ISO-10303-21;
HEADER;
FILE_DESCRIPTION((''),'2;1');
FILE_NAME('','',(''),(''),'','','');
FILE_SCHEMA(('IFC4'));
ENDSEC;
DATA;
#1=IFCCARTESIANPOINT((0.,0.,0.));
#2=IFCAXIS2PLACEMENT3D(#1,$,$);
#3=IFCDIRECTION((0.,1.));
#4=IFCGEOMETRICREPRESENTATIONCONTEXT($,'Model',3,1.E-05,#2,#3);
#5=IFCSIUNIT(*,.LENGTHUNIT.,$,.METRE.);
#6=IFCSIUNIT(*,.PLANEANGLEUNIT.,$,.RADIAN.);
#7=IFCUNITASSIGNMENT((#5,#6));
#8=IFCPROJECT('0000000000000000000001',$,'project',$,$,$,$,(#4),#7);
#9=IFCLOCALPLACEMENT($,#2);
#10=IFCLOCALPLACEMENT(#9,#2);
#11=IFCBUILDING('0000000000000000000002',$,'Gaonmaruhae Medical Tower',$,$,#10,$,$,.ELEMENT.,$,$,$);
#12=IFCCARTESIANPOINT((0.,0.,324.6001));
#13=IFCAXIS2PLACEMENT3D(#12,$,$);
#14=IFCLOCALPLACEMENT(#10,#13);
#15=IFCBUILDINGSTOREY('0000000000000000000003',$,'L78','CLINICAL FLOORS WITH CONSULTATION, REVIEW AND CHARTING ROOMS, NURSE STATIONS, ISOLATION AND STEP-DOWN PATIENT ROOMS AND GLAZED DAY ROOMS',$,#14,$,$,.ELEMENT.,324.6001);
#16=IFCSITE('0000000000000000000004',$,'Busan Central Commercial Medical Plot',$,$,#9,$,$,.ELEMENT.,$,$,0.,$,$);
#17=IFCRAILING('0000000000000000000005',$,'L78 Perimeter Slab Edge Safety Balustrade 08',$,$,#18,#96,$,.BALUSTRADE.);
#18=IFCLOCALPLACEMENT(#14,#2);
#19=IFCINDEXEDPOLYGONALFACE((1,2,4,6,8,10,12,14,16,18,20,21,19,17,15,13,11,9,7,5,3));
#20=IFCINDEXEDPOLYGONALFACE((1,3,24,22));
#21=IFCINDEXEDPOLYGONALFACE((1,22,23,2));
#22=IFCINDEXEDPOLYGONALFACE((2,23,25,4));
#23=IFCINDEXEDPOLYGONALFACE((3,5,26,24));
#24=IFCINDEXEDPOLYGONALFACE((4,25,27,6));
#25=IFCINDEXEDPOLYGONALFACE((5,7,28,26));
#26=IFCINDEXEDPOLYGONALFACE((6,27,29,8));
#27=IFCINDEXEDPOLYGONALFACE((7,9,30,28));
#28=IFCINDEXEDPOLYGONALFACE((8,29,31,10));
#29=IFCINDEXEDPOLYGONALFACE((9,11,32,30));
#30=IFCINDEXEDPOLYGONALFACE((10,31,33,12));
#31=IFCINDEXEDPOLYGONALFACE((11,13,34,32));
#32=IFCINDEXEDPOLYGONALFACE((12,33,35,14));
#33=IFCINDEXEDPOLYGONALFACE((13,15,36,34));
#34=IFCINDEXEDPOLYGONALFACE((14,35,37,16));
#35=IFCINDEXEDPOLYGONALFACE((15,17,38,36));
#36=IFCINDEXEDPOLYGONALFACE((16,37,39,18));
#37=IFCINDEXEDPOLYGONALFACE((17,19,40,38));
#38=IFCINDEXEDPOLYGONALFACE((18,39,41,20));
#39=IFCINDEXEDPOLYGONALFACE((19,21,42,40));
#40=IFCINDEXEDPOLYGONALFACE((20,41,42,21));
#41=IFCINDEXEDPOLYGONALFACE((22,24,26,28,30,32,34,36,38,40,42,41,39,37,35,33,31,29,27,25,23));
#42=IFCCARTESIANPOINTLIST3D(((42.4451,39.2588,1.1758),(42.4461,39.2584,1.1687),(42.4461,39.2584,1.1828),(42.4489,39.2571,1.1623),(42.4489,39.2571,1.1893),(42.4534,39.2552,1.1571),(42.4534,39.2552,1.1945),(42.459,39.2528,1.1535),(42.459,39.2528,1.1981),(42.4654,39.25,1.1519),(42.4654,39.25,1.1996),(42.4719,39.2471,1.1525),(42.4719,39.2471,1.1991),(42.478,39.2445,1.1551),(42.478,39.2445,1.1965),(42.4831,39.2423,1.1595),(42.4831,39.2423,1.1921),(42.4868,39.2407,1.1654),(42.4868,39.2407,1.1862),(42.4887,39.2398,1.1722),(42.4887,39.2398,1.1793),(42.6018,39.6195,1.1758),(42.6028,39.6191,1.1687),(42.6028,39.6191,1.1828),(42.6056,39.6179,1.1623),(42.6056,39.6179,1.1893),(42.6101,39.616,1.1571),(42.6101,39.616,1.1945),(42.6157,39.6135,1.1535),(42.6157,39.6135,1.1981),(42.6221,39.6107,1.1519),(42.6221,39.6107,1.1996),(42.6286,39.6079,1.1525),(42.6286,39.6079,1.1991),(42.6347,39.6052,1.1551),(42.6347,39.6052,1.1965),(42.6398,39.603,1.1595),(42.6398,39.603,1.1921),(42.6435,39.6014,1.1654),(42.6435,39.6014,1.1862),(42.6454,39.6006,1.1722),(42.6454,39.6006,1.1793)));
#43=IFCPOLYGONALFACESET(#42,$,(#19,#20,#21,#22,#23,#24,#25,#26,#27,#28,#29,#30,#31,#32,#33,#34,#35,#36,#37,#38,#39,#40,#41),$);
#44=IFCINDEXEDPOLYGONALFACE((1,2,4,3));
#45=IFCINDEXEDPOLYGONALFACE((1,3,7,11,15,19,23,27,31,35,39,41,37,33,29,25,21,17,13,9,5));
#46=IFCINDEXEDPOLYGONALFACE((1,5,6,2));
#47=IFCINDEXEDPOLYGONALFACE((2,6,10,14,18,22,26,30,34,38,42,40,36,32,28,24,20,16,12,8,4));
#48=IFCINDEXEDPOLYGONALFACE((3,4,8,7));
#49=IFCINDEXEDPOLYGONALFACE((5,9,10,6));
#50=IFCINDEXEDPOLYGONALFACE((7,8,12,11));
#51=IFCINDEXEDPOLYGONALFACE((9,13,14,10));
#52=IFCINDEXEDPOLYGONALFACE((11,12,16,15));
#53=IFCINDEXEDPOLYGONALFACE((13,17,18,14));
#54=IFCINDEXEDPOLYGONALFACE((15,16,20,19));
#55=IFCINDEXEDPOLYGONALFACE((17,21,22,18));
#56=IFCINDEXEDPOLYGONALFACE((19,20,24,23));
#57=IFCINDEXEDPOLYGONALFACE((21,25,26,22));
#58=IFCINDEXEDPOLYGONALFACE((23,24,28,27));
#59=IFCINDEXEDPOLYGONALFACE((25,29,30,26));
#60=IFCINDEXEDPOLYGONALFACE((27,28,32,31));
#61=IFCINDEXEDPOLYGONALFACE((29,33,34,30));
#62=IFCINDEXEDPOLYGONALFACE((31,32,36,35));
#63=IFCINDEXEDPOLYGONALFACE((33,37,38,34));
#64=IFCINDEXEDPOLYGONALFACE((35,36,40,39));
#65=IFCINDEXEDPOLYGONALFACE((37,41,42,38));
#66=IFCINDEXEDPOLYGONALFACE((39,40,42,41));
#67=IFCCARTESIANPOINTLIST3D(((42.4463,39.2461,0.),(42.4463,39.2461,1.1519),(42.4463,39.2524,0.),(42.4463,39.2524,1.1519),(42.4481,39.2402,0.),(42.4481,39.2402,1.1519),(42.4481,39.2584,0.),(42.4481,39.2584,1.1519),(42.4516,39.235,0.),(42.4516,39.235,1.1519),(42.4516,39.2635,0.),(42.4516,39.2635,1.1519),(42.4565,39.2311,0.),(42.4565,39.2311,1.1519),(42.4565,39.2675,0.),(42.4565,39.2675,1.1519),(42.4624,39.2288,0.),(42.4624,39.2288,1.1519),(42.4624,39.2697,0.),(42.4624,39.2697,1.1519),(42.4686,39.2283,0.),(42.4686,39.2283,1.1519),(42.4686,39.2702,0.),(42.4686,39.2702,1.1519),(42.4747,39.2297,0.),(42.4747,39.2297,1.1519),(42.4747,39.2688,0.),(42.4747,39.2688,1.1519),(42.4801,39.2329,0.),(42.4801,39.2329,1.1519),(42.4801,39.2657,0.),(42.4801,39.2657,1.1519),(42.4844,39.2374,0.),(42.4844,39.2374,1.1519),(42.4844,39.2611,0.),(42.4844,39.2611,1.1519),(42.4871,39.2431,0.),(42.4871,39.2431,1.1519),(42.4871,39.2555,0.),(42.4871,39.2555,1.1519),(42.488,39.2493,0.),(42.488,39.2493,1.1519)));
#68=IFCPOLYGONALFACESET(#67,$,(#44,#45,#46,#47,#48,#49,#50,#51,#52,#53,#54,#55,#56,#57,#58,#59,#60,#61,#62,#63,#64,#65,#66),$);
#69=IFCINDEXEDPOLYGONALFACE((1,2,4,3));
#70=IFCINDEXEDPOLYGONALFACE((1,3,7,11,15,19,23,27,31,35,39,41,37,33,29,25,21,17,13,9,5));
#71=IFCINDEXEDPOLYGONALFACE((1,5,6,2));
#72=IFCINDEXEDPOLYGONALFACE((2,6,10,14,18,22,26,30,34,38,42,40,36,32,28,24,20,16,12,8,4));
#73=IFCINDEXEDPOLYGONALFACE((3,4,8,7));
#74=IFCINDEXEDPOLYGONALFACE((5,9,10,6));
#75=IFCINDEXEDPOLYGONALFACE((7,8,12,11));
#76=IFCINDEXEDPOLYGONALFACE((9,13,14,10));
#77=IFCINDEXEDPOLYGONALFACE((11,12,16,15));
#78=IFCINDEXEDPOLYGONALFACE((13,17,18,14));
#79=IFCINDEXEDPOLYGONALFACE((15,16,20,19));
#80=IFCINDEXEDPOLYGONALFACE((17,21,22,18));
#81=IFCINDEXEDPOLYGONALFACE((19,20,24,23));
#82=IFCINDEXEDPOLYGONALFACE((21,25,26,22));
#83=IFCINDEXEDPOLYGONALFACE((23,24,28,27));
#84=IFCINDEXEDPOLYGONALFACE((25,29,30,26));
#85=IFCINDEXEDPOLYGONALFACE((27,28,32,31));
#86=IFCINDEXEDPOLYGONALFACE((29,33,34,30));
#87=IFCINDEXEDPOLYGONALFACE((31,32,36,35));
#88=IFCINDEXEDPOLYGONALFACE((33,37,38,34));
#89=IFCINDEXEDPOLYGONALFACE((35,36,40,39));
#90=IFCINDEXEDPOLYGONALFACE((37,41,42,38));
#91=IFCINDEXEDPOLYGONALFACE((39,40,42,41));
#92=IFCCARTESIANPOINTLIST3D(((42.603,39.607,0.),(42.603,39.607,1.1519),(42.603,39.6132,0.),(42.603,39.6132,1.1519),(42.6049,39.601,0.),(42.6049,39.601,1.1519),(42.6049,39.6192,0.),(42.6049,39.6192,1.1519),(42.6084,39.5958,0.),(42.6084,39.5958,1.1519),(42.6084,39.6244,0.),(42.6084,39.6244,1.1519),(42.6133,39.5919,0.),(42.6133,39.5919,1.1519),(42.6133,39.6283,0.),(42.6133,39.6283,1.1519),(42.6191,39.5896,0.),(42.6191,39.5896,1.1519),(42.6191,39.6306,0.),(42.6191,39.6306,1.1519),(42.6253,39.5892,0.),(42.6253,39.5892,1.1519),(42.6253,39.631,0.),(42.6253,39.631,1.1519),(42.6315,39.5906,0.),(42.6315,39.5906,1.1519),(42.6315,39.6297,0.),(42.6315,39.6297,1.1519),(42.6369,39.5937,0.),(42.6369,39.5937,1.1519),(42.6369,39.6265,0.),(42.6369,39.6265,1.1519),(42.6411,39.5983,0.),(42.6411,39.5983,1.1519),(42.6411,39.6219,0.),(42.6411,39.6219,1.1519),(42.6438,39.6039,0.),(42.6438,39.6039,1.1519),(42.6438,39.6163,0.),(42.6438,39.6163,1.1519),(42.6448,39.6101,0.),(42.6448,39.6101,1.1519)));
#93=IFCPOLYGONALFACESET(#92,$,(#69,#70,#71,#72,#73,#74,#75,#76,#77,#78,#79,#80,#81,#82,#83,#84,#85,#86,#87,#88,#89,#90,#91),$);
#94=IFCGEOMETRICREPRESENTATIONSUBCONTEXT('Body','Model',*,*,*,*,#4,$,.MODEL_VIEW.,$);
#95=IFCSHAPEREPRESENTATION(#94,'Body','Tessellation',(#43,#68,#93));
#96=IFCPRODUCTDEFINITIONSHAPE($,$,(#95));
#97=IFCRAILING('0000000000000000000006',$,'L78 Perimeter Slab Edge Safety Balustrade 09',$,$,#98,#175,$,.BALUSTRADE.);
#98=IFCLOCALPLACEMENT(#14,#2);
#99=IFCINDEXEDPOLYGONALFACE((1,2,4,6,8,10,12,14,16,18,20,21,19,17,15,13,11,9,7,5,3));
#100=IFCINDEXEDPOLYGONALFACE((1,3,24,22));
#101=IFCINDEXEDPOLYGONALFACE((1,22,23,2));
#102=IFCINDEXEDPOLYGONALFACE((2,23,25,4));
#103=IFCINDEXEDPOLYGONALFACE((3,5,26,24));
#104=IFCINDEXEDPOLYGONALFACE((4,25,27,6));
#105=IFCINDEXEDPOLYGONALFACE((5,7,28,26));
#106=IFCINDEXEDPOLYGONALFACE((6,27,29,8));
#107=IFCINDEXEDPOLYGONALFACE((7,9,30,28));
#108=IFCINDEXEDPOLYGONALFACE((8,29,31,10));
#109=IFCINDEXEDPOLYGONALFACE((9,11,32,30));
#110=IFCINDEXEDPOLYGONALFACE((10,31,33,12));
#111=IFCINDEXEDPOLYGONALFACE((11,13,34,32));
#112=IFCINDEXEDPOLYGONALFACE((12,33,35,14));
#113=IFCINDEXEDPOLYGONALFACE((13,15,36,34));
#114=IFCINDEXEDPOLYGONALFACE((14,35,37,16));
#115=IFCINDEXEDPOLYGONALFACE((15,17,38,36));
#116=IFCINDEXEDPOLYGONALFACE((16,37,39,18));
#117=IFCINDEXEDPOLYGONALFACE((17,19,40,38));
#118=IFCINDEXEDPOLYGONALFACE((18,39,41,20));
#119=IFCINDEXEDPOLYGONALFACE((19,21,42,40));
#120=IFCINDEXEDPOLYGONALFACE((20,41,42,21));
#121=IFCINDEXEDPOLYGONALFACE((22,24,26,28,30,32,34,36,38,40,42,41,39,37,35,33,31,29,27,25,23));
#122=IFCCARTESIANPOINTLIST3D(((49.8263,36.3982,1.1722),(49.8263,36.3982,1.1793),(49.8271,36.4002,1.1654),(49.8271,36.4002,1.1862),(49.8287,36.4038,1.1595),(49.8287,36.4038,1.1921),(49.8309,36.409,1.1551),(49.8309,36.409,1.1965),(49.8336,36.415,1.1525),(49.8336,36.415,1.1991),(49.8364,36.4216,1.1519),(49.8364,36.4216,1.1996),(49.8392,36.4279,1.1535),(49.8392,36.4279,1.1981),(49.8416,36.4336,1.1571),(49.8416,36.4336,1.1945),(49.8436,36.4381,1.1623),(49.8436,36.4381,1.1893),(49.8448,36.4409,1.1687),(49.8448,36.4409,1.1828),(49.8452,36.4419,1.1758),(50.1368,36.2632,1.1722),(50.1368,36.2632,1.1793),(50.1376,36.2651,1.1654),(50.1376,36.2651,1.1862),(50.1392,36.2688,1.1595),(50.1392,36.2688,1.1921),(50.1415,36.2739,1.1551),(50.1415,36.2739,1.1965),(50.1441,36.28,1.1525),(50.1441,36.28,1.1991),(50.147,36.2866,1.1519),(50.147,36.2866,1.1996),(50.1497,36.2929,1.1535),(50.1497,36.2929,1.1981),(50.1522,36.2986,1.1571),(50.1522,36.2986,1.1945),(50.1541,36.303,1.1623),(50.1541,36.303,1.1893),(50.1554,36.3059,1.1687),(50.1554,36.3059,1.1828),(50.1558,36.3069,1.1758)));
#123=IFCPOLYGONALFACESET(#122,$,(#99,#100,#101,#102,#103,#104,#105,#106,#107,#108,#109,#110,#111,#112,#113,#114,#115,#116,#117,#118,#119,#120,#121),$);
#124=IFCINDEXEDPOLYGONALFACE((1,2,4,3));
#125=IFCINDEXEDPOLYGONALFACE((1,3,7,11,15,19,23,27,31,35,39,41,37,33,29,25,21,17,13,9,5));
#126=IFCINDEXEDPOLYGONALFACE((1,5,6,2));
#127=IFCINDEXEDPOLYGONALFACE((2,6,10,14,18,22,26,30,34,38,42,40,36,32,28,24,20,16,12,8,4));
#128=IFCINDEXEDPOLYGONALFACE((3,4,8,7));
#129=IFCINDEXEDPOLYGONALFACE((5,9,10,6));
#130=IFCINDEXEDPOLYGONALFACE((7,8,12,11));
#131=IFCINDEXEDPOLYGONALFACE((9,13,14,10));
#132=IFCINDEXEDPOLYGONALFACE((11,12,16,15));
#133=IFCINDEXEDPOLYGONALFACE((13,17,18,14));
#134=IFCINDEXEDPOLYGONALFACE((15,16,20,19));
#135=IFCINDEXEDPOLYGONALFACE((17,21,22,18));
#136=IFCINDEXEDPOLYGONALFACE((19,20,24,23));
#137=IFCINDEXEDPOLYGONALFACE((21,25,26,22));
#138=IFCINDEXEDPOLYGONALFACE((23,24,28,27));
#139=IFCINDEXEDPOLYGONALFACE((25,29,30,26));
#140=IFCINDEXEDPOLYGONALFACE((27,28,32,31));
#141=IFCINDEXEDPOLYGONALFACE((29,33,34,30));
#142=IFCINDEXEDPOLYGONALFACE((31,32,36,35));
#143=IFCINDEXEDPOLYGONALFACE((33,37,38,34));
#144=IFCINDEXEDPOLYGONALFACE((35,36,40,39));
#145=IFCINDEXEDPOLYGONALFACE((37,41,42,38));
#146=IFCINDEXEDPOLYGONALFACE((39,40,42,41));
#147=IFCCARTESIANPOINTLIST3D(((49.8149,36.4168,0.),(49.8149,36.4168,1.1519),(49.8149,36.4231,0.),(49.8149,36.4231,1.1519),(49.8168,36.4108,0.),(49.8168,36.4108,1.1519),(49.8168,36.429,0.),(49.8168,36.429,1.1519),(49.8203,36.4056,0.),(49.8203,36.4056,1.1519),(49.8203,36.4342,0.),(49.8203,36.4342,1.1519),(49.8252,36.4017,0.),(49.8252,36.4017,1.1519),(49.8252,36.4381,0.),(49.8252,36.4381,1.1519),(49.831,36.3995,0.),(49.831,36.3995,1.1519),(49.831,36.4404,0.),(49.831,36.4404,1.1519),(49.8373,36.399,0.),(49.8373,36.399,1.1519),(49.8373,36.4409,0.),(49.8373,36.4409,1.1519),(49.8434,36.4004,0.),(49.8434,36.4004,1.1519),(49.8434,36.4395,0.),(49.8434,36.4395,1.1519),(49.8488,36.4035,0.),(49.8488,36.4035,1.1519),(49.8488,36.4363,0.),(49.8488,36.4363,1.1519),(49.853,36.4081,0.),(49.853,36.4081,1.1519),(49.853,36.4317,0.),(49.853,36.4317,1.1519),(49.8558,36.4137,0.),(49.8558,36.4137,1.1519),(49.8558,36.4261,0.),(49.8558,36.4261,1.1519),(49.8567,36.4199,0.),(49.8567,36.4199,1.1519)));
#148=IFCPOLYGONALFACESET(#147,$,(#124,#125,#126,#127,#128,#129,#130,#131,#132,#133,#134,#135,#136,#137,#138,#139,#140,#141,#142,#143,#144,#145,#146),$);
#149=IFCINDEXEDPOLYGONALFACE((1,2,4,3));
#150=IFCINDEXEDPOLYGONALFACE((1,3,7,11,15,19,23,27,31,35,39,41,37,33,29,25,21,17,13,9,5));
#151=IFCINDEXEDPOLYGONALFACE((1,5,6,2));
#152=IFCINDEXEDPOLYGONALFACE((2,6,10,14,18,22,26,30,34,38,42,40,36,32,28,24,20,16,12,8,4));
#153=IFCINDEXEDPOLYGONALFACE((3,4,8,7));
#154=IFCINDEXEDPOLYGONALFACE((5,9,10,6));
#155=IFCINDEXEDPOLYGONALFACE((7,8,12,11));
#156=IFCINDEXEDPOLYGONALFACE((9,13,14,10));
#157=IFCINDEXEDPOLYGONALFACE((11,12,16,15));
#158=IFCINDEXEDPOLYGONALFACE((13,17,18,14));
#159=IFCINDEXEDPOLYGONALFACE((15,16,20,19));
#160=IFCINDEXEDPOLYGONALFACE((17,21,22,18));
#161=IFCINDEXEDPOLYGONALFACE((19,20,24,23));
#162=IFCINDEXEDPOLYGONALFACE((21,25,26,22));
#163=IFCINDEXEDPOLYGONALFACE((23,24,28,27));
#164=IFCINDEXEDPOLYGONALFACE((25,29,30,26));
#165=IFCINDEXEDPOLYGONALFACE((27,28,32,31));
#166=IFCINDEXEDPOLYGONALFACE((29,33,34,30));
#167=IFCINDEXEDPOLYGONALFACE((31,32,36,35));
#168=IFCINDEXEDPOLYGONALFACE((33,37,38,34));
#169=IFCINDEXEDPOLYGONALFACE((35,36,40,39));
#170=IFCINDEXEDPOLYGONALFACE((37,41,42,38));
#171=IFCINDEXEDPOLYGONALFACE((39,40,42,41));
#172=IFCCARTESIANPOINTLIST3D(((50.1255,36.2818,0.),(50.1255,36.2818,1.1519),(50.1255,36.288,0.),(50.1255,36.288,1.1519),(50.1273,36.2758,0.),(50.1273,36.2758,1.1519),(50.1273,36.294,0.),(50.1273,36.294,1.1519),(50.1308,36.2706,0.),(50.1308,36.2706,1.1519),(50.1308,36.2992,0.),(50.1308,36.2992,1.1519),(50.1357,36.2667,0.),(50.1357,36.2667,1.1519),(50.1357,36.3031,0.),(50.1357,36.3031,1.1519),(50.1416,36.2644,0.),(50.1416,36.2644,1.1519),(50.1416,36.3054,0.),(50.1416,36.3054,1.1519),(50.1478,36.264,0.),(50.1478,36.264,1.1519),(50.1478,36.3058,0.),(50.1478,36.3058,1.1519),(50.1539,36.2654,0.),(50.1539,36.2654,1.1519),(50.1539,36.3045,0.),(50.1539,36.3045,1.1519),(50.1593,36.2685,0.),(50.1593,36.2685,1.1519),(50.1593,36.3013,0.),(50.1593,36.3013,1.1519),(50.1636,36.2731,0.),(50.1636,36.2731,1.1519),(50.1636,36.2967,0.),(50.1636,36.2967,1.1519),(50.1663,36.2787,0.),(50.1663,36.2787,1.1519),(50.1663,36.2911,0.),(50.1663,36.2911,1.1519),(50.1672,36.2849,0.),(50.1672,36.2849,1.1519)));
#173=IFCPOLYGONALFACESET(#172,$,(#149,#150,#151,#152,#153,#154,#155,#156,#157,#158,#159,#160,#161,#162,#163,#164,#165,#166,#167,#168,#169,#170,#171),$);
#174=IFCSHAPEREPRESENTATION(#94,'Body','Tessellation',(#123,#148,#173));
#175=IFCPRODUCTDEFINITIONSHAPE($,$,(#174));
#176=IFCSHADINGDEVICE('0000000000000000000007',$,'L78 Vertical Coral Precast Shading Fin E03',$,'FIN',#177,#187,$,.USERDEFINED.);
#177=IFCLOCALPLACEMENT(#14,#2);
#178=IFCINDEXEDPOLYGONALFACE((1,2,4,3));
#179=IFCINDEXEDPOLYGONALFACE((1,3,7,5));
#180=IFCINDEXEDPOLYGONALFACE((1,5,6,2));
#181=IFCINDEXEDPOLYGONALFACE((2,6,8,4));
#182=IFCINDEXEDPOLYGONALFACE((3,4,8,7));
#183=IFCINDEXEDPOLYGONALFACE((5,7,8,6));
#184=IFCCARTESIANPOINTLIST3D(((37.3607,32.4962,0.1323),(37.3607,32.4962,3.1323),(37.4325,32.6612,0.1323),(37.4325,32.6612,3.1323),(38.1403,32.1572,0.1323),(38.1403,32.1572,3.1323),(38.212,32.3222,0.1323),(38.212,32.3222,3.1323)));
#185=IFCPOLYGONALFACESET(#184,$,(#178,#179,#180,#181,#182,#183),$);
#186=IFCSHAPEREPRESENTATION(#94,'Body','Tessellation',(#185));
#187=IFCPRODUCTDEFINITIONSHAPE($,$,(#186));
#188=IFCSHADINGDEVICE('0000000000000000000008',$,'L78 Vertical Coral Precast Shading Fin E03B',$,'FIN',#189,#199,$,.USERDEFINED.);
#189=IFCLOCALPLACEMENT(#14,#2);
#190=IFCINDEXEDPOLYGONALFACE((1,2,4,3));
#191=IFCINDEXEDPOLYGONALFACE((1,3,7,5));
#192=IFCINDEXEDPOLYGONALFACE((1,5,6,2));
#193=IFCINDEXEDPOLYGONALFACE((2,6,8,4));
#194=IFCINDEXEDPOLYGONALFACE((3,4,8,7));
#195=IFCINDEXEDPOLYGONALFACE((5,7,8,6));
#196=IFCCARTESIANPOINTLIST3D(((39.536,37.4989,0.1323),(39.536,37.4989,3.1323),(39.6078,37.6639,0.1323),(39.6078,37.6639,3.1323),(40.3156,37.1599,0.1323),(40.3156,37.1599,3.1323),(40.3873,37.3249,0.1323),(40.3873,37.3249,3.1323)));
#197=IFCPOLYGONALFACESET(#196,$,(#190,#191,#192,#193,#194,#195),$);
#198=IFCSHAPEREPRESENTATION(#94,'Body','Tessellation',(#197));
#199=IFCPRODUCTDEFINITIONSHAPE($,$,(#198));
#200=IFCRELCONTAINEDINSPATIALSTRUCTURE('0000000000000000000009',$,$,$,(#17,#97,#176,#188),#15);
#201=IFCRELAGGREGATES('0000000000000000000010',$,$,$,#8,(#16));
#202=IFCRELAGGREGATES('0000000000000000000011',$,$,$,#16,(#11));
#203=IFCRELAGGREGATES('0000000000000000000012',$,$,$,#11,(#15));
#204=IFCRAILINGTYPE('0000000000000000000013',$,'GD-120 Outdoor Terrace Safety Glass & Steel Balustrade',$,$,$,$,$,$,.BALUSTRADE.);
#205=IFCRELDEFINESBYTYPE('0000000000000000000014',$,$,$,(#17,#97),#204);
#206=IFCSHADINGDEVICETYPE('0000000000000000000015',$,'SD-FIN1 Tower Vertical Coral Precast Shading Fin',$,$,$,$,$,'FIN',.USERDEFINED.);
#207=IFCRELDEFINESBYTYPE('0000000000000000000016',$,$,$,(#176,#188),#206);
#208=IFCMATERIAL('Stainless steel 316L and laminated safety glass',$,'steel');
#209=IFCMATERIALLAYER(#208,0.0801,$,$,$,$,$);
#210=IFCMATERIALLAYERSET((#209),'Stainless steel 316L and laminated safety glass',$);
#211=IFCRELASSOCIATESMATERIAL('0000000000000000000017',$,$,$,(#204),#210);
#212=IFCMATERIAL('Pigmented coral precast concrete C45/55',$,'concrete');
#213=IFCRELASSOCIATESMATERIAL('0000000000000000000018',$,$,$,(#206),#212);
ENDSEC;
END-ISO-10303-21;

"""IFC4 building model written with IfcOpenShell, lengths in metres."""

from ifc_helpers import new_model, si_unit, direction, frame, origin, origin_2d, place, context, subcontext, project, spatial, rectangle, circle, extrude, material, layer, layer_set, type_object, element, save


model = new_model("IFC4")

# Units and contexts
model_context = context("Model", 3, precision=1e-05, world=origin(), true_north=direction((0.0, 1.0)))
body_context = subcontext(model_context, "Body", "Model", "MODEL_VIEW")
ifc_project = project(units=[si_unit("LENGTHUNIT", "METRE"), si_unit("PLANEANGLEUNIT", "RADIAN")], contexts=[model_context])

# Site, building, storey
site_placement = place(None, origin())
site = spatial("IfcSite", under=ifc_project, at=site_placement, Name="Busan Central Commercial Medical Plot", CompositionType="ELEMENT", RefElevation=0.0)
building_placement = place(site_placement, origin())
building = spatial("IfcBuilding", under=site, at=building_placement, Name="Gaonmaruhae Medical Tower", CompositionType="ELEMENT")
storey_placement = place(building_placement, frame((0.0, 0.0, 324.6001)))
storey = spatial("IfcBuildingStorey", under=building, at=storey_placement, Name="L78", Description="CLINICAL FLOORS WITH CONSULTATION, REVIEW AND CHARTING ROOMS, NURSE STATIONS, ISOLATION AND STEP-DOWN PATIENT ROOMS AND GLAZED DAY ROOMS", CompositionType="ELEMENT", Elevation=324.6001)

# Railings
ifc_material_1 = material(Name="Stainless steel 316L and laminated safety glass", Category="steel")
ifc_layer_1 = layer(ifc_material_1, 0.0801)
ifc_layer_set_1 = layer_set([ifc_layer_1], Name="Stainless steel 316L and laminated safety glass")
railing_type = type_object("IfcRailingType", Name="GD-120 Outdoor Terrace Safety Glass & Steel Balustrade", PredefinedType="BALUSTRADE", material=ifc_layer_set_1)
railing_1_placement = place(storey_placement, frame((42.467, 39.2493, 0.0)))
element("IfcRailing", 1, at=railing_1_placement, inside=storey, type_object=railing_type, Name="L78 Perimeter Slab Edge Safety Balustrade 08", PredefinedType="BALUSTRADE", context=body_context, shape_type="SweptSolid", body=[
    extrude(circle(Radius=0.0239, at=origin_2d()), frame((0.0, 0.0, 1.1758), z_axis=(0.398408, 0.917208, 0.0), x_axis=(-0.917208, 0.398408, 0.0)), (0.0, 0.0, 1.0), 0.3933),
    extrude(circle(Radius=0.021, at=origin_2d()), origin(), (0.0, 0.0, 1.0), 1.1519),
    extrude(circle(Radius=0.021, at=origin_2d()), frame((0.1567, 0.3608, 0.0)), (0.0, 0.0, 1.0), 1.1519),
])
railing_2_placement = place(storey_placement, frame((49.8357, 36.4199, 0.0)))
element("IfcRailing", 2, at=railing_2_placement, inside=storey, type_object=railing_type, Name="L78 Perimeter Slab Edge Safety Balustrade 09", PredefinedType="BALUSTRADE", context=body_context, shape_type="SweptSolid", body=[
    extrude(circle(Radius=0.0239, at=origin_2d()), frame((0.0, 0.0, 1.1758), z_axis=(0.917082, -0.3987, 0.0), x_axis=(0.3987, 0.917082, 0.0)), (0.0, 0.0, 1.0), 0.3386),
    extrude(circle(Radius=0.021, at=origin_2d()), origin(), (0.0, 0.0, 1.0), 1.1519),
    extrude(circle(Radius=0.021, at=origin_2d()), frame((0.3105, -0.135, 0.0)), (0.0, 0.0, 1.0), 1.1519),
])

# Shading devices
ifc_material_2 = material(Name="Pigmented coral precast concrete C45/55", Category="concrete")
shading_device_type = type_object("IfcShadingDeviceType", Name="SD-FIN1 Tower Vertical Coral Precast Shading Fin", ElementType="FIN", PredefinedType="USERDEFINED", material=ifc_material_2)
for number, where, z_axis, x_axis, name in (
    (3, (37.7864, 32.4092, 0.1323), (0.0, 0.0, 1.0), (0.398765, 0.917053, 0.0), "L78 Vertical Coral Precast Shading Fin E03"),
    (4, (39.9617, 37.4119, 0.1323), (0.0, 0.0, 1.0), (0.398765, 0.917053, 0.0), "L78 Vertical Coral Precast Shading Fin E03B"),
):
    element("IfcShadingDevice", number, at=place(storey_placement, frame(where, z_axis=z_axis, x_axis=x_axis)), inside=storey, type_object=shading_device_type, Name=name, ObjectType="FIN", PredefinedType="USERDEFINED", context=body_context, shape_type="SweptSolid", body=[
        extrude(rectangle(XDim=0.1799, YDim=0.8501, at=origin_2d()), origin(), (0.0, 0.0, 1.0), 3.0),
    ])

save(model, "model.ifc")
